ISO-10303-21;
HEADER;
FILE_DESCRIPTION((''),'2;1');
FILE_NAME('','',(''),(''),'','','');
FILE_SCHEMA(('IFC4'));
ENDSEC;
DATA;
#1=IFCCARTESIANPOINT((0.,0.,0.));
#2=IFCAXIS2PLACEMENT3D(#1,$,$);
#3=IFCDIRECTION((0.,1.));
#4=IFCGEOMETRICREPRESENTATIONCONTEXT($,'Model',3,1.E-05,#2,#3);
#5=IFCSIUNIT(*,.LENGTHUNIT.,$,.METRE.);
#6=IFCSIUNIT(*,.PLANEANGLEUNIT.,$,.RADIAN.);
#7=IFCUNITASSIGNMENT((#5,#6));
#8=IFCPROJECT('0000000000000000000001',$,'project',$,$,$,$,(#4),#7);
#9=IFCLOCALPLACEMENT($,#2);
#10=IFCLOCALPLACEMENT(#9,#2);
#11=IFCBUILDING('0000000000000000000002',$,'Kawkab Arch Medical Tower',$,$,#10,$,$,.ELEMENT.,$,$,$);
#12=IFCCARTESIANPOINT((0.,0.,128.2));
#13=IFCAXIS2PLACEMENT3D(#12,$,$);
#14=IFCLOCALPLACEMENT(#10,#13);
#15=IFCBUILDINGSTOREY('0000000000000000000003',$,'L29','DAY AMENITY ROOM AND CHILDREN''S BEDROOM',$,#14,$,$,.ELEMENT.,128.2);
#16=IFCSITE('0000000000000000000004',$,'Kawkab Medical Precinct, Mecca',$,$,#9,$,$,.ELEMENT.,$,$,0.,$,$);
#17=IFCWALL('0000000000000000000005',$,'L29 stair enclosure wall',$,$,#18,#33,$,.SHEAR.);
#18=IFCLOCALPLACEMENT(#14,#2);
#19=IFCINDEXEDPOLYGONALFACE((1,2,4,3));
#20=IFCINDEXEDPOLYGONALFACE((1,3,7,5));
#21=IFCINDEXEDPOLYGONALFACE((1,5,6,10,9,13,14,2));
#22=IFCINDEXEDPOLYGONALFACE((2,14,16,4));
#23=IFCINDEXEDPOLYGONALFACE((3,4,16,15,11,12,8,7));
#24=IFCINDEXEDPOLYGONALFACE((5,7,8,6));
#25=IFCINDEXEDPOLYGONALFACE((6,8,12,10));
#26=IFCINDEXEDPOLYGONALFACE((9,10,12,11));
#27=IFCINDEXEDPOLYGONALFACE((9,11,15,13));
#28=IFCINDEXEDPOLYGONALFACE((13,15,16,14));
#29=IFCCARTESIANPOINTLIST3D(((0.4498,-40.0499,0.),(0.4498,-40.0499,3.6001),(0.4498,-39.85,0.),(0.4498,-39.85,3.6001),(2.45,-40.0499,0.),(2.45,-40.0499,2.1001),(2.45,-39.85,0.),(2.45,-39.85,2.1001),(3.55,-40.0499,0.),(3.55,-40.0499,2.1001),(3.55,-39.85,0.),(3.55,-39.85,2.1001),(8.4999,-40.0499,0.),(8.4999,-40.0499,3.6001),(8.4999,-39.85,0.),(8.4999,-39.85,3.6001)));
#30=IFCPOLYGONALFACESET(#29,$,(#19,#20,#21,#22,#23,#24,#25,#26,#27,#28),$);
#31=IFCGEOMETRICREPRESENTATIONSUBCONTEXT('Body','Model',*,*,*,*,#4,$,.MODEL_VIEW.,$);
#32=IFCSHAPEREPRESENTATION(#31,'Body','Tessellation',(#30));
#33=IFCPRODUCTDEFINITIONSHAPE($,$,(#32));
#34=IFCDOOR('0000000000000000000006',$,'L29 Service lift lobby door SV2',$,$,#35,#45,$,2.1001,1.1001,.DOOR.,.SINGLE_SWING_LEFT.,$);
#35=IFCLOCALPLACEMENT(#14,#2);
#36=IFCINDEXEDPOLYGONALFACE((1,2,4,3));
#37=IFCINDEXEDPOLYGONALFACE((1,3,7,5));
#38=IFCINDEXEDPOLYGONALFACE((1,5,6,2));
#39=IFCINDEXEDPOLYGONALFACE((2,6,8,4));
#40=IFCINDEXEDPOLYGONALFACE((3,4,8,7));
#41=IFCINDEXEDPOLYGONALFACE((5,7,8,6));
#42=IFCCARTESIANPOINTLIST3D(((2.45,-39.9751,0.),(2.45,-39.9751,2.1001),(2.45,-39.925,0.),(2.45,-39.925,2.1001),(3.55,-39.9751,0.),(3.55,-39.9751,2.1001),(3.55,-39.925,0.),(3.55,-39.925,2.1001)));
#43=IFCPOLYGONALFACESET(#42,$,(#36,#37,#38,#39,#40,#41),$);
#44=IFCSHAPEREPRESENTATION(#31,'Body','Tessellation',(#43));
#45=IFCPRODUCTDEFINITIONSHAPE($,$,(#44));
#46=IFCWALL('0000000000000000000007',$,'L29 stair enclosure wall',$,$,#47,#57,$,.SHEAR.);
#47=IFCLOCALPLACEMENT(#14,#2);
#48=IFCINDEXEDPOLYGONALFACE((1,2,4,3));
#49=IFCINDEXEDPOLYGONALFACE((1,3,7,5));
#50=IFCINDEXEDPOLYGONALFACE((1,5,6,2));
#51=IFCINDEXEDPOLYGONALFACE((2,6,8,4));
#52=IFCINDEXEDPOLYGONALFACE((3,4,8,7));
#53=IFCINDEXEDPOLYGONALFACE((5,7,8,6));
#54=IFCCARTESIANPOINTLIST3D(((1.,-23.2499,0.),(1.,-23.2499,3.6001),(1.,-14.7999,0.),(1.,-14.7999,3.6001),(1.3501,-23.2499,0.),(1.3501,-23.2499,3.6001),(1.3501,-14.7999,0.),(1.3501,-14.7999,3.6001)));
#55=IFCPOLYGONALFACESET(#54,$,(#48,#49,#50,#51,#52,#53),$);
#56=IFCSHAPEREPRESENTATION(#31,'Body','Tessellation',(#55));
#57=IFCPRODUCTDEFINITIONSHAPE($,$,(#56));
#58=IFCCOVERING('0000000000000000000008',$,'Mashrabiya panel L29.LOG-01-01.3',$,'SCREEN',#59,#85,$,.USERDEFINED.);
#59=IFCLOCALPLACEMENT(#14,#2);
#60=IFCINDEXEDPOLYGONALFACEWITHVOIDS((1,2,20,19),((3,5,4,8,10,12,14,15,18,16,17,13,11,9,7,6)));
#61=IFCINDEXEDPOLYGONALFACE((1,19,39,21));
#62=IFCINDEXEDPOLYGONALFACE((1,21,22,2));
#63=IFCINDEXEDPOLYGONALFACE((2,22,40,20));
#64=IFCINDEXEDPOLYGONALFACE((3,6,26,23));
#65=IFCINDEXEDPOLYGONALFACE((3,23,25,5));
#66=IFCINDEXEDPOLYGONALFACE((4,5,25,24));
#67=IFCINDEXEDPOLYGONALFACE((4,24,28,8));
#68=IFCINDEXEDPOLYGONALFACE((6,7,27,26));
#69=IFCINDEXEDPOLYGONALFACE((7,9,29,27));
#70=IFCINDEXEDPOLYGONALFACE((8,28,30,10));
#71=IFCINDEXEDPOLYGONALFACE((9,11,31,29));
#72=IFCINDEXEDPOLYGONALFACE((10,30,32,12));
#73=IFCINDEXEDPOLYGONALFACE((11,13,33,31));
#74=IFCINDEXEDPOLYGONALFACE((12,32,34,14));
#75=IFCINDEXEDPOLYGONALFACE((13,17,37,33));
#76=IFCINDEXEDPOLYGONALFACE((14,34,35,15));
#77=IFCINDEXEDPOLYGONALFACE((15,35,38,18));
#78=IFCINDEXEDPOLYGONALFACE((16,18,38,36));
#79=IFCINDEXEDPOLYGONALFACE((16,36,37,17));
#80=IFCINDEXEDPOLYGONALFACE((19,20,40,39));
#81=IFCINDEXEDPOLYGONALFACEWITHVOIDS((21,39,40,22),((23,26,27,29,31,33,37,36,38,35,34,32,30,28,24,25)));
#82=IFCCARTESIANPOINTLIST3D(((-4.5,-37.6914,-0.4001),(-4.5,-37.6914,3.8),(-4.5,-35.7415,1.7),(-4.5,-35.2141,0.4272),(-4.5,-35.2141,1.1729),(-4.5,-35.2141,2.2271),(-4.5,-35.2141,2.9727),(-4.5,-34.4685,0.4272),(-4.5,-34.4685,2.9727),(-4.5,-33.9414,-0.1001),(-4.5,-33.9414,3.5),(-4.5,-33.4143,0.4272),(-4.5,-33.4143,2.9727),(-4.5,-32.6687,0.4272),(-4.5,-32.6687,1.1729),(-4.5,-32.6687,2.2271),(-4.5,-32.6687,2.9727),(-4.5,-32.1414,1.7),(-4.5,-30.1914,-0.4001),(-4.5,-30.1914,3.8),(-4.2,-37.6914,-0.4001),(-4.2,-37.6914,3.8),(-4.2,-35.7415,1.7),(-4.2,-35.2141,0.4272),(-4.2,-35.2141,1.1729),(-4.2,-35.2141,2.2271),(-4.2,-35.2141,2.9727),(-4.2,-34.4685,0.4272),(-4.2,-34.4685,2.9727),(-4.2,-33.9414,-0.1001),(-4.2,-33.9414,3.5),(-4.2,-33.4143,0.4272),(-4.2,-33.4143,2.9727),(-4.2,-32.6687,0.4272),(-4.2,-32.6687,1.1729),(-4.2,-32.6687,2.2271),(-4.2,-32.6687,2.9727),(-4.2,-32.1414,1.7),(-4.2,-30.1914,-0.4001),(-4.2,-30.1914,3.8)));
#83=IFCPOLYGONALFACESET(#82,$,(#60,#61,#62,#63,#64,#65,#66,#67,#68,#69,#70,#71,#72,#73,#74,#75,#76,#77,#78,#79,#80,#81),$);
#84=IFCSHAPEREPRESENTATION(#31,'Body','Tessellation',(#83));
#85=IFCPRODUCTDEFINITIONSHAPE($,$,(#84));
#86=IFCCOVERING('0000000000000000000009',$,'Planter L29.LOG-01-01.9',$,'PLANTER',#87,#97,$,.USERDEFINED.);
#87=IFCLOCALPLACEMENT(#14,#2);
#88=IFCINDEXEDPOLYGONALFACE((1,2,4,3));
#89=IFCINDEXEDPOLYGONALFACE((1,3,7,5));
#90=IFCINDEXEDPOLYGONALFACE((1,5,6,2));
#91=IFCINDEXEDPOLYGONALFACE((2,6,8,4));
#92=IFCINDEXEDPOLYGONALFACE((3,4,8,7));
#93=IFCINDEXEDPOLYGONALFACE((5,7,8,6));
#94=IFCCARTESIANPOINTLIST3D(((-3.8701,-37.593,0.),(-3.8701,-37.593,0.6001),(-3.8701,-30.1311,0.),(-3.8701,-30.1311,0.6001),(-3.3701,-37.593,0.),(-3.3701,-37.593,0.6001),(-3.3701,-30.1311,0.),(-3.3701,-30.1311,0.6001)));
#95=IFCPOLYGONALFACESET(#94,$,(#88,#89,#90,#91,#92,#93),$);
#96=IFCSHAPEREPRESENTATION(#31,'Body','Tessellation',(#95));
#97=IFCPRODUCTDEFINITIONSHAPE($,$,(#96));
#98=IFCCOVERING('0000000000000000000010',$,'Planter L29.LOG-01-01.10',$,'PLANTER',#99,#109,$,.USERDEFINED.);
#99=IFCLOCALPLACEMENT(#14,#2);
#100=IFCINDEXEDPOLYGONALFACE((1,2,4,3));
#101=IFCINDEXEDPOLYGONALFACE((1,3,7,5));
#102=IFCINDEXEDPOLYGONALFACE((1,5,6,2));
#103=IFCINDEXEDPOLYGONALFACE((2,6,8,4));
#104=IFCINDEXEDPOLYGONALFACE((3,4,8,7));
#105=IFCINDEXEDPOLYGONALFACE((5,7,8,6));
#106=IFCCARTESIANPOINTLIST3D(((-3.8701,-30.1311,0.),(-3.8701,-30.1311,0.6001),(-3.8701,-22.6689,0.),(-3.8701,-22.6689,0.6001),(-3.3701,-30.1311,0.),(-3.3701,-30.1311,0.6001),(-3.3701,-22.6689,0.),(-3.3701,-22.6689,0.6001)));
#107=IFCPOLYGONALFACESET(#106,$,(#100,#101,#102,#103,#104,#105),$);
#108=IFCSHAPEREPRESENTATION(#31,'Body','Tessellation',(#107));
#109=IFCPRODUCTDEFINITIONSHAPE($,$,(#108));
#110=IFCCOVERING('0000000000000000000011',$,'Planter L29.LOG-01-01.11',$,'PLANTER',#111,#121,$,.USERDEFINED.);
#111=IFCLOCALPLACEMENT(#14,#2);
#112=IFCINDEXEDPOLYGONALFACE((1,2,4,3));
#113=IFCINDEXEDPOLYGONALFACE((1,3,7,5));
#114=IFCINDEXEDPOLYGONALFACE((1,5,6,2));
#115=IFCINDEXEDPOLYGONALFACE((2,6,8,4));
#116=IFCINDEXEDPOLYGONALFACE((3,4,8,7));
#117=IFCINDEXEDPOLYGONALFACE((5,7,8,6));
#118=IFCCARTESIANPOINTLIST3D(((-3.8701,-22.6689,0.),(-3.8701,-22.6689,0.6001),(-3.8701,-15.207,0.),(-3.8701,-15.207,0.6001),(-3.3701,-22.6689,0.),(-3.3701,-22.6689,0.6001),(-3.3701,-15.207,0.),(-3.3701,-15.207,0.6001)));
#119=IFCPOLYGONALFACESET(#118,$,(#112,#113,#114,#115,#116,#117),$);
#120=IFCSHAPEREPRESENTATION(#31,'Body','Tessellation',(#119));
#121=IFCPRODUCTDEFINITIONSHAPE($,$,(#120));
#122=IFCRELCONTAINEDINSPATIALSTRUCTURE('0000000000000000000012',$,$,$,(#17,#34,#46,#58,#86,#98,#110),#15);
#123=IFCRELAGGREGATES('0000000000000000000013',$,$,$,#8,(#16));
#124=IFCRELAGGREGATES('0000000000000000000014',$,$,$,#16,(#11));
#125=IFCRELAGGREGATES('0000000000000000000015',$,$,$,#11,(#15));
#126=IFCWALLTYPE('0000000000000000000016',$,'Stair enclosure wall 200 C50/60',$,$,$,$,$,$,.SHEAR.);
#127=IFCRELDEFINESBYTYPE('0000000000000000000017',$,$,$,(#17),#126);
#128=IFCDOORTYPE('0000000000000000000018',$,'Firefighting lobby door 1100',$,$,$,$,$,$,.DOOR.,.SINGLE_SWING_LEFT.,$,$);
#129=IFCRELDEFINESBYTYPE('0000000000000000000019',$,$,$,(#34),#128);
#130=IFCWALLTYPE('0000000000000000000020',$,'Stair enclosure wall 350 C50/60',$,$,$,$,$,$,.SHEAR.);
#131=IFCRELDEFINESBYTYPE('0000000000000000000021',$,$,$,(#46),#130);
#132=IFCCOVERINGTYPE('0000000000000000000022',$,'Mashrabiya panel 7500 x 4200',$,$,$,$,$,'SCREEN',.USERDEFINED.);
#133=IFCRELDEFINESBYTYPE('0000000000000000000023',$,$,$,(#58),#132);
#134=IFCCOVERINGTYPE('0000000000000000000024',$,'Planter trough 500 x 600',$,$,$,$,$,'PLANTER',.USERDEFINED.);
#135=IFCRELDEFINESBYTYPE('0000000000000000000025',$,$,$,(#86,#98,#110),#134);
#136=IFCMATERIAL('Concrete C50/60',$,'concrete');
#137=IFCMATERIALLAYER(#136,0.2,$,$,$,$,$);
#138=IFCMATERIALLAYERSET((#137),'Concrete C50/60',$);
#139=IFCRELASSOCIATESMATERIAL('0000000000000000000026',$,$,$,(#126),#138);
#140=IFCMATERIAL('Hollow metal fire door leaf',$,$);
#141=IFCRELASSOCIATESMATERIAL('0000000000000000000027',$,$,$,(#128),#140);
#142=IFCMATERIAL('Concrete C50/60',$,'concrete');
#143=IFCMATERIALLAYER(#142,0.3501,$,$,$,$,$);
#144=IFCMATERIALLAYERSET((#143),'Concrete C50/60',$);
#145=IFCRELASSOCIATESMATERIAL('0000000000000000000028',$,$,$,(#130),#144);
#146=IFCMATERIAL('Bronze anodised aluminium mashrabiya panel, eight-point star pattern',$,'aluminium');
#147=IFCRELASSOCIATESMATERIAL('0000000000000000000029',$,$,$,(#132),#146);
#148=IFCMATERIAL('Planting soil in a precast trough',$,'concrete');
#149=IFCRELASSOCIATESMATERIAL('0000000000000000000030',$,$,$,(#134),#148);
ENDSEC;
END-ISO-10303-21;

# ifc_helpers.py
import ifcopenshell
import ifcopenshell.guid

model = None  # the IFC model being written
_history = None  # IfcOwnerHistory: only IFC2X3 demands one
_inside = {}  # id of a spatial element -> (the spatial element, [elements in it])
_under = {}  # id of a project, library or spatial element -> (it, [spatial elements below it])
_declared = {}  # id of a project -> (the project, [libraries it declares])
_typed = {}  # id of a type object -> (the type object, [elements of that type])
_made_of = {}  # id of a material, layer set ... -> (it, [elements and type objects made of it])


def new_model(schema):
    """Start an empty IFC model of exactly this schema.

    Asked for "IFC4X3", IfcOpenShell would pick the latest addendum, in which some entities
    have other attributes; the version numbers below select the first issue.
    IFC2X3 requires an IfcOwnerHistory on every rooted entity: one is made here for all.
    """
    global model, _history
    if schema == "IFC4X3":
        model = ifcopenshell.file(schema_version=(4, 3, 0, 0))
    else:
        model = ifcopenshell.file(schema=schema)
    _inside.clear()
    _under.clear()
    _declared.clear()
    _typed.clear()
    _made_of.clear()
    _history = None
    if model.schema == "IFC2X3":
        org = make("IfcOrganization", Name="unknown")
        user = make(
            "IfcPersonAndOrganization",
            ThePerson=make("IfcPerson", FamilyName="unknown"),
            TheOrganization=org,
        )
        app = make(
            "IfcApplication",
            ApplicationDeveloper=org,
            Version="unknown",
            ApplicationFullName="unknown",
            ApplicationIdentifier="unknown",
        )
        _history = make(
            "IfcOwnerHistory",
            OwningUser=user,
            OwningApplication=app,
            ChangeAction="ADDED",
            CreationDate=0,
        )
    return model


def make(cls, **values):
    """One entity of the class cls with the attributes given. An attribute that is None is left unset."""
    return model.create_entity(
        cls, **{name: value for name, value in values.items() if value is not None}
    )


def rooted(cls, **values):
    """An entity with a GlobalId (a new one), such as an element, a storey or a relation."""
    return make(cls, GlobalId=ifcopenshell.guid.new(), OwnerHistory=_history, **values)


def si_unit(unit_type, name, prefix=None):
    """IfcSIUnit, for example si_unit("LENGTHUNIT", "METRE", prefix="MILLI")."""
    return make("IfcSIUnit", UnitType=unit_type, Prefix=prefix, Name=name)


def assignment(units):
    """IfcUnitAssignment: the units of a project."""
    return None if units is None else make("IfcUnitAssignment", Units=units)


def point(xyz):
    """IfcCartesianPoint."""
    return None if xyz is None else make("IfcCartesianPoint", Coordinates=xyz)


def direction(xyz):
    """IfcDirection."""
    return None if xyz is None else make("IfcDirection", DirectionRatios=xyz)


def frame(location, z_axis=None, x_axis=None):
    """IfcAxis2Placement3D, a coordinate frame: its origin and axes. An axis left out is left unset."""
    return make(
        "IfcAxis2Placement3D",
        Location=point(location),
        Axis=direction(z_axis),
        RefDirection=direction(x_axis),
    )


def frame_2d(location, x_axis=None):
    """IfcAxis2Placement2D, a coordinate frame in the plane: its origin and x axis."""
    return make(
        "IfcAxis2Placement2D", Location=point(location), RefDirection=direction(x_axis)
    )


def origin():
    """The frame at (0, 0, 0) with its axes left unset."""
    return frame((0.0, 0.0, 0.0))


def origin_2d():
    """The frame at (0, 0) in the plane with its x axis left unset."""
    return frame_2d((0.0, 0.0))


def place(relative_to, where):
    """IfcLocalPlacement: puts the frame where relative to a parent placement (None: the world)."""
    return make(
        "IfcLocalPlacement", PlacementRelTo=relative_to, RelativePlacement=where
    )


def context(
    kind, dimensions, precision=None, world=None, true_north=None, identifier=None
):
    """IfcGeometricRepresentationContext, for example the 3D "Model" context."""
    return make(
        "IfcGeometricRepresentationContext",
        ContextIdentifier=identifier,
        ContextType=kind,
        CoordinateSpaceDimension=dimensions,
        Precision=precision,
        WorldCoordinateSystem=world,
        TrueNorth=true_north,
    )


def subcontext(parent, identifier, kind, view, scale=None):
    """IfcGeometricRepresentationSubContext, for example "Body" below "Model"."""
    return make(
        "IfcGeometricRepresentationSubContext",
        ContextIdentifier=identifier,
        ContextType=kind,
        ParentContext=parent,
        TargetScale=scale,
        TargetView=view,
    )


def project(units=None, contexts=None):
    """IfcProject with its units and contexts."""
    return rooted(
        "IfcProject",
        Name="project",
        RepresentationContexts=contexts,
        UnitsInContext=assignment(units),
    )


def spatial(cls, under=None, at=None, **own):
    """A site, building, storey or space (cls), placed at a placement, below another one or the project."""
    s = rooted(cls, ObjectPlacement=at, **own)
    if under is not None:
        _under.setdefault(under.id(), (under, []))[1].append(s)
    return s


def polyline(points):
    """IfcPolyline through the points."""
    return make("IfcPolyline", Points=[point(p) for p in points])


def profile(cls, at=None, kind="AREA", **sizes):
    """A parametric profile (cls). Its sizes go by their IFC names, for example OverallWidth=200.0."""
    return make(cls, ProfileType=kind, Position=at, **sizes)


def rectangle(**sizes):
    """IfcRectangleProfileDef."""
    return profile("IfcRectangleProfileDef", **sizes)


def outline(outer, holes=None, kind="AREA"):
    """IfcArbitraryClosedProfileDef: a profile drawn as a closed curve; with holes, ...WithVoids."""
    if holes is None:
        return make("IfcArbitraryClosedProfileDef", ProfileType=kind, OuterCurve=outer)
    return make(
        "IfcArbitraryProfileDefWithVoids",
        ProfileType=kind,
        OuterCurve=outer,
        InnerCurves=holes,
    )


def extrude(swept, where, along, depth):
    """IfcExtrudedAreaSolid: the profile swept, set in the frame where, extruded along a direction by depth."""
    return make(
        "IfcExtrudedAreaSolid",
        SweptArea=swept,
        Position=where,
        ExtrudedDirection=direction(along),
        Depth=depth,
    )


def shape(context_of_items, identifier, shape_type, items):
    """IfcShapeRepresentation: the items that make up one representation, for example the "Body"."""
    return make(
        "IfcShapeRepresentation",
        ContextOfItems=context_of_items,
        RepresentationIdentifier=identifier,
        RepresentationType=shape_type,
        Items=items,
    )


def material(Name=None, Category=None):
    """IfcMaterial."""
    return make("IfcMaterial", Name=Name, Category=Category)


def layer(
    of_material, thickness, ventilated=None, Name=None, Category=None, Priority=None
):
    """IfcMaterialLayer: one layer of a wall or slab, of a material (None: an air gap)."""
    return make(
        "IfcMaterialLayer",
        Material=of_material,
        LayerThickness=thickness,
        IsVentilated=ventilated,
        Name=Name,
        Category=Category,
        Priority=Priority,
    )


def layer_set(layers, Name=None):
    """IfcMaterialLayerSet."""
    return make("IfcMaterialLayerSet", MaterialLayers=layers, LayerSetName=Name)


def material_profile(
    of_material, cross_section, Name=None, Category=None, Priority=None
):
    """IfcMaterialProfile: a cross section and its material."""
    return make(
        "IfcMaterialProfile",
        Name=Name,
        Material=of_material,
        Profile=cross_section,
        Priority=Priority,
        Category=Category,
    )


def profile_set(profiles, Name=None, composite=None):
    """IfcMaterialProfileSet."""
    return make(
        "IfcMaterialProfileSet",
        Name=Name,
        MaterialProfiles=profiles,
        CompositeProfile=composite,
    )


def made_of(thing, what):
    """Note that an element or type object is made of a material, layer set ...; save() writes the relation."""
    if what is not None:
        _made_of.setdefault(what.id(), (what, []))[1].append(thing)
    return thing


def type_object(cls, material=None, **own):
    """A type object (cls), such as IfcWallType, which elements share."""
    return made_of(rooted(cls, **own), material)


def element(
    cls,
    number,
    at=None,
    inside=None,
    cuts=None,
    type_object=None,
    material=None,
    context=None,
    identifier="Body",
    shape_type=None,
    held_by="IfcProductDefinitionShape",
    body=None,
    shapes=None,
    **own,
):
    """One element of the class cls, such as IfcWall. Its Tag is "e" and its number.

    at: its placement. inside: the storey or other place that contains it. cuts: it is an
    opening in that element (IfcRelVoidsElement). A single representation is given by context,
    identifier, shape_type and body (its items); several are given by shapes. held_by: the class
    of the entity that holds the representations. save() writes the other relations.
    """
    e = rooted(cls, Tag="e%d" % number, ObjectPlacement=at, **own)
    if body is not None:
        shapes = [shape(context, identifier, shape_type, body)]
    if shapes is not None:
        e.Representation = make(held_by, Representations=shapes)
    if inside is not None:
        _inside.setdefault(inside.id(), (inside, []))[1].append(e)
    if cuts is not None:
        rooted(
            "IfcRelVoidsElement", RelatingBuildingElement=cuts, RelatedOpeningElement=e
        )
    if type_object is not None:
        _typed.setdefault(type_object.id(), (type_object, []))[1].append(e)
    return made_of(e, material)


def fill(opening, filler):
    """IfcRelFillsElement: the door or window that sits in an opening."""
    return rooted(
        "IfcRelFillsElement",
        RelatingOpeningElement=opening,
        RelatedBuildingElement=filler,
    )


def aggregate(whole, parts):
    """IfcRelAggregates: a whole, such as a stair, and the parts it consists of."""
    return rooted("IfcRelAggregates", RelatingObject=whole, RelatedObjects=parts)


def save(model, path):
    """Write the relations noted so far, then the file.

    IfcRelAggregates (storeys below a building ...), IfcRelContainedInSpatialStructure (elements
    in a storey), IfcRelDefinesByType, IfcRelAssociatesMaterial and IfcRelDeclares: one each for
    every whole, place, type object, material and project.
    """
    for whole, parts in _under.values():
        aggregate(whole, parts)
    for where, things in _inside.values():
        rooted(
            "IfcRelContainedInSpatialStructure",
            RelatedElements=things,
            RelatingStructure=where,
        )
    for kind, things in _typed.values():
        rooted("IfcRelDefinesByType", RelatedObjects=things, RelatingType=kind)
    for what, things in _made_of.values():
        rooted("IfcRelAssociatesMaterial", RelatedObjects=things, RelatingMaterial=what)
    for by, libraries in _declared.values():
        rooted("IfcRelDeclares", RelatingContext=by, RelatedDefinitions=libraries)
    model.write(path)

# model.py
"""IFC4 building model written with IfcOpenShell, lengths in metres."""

from ifc_helpers import new_model, si_unit, direction, frame, frame_2d, origin, origin_2d, place, context, subcontext, project, spatial, polyline, rectangle, outline, extrude, material, layer, layer_set, material_profile, profile_set, type_object, element, fill, save


model = new_model("IFC4")

# Units and contexts
model_context = context("Model", 3, precision=1e-05, world=origin(), true_north=direction((0.0, 1.0)))
body_context = subcontext(model_context, "Body", "Model", "MODEL_VIEW")
ifc_project = project(units=[si_unit("LENGTHUNIT", "METRE"), si_unit("PLANEANGLEUNIT", "RADIAN")], contexts=[model_context])

# Site, building, storey
site_placement = place(None, origin())
site = spatial("IfcSite", under=ifc_project, at=site_placement, Name="Kawkab Medical Precinct, Mecca", CompositionType="ELEMENT", RefElevation=0.0)
building_placement = place(site_placement, origin())
building = spatial("IfcBuilding", under=site, at=building_placement, Name="Kawkab Arch Medical Tower", CompositionType="ELEMENT")
storey_placement = place(building_placement, frame((0.0, 0.0, 128.2)))
storey = spatial("IfcBuildingStorey", under=building, at=storey_placement, Name="L29", Description="DAY AMENITY ROOM AND CHILDREN'S BEDROOM", CompositionType="ELEMENT", Elevation=128.2)

# Shared definitions
ifc_material_1 = material(Name="Concrete C50/60", Category="concrete")
ifc_layer_1 = layer(ifc_material_1, 0.2)
ifc_layer_set_1 = layer_set([ifc_layer_1], Name="Concrete C50/60")
wall_type_1 = type_object("IfcWallType", Name="Stair enclosure wall 200 C50/60", PredefinedType="SHEAR", material=ifc_layer_set_1)

# Wall, opening, door
wall_1_placement = place(storey_placement, frame((0.45, -39.95, 0.0), z_axis=(0.0, 0.0, 1.0), x_axis=(1.0, 0.0, 0.0)))
wall_1 = element("IfcWall", 1, at=wall_1_placement, inside=storey, type_object=wall_type_1, Name="L29 stair enclosure wall", PredefinedType="SHEAR", context=body_context, shape_type="SweptSolid", body=[
    extrude(rectangle(XDim=8.05, YDim=0.2, at=frame_2d((4.0249, 0.0))), origin(), (0.0, 0.0, 1.0), 3.6001),
])
opening_1_placement = place(wall_1_placement, frame((2.0, 0.0, 0.0)))
opening_1 = element("IfcOpeningElement", 2, at=opening_1_placement, cuts=wall_1, PredefinedType="OPENING", context=body_context, shape_type="SweptSolid", body=[
    extrude(rectangle(XDim=1.1001, YDim=2.1001, at=frame_2d((0.55, 1.05))), frame((0.0, 0.1099, 0.0), z_axis=(0.0, -1.0, 0.0), x_axis=(1.0, 0.0, 0.0)), (0.0, 0.0, 1.0), 0.22),
])
ifc_material_2 = material(Name="Hollow metal fire door leaf")
door_type_1 = type_object("IfcDoorType", Name="Firefighting lobby door 1100", OperationType="SINGLE_SWING_LEFT", PredefinedType="DOOR", material=ifc_material_2)
door_1_placement = place(opening_1_placement, origin())
door_1 = element("IfcDoor", 3, at=door_1_placement, inside=storey, type_object=door_type_1, Name="L29 Service lift lobby door SV2", OperationType="SINGLE_SWING_LEFT", OverallHeight=2.1001, OverallWidth=1.1001, PredefinedType="DOOR", context=body_context, shape_type="SweptSolid", body=[
    extrude(rectangle(XDim=1.1001, YDim=2.1001, at=frame_2d((0.55, 1.05))), frame((0.0, 0.0249, 0.0), z_axis=(0.0, -1.0, 0.0), x_axis=(1.0, 0.0, 0.0)), (0.0, 0.0, 1.0), 0.05),
])
fill(opening_1, door_1)

# Wall
ifc_material_3 = material(Name="Concrete C50/60", Category="concrete")
ifc_layer_2 = layer(ifc_material_3, 0.3501)
ifc_layer_set_2 = layer_set([ifc_layer_2], Name="Concrete C50/60")
wall_type_2 = type_object("IfcWallType", Name="Stair enclosure wall 350 C50/60", PredefinedType="SHEAR", material=ifc_layer_set_2)
wall_2_placement = place(storey_placement, frame((1.175, -23.25, 0.0), z_axis=(0.0, 0.0, 1.0), x_axis=(0.0, 1.0, 0.0)))
element("IfcWall", 4, at=wall_2_placement, inside=storey, type_object=wall_type_2, Name="L29 stair enclosure wall", PredefinedType="SHEAR", context=body_context, shape_type="SweptSolid", body=[
    extrude(rectangle(XDim=8.45, YDim=0.3501, at=frame_2d((4.2251, 0.0))), origin(), (0.0, 0.0, 1.0), 3.6001),
])

# Coverings
ifc_material_4 = material(Name="Bronze anodised aluminium mashrabiya panel, eight-point star pattern", Category="aluminium")
ifc_material_profile_1 = material_profile(ifc_material_4, outline(polyline([(-3.75, -2.1001), (3.75, -2.1001), (3.75, 2.1001), (-3.75, 2.1001), (-3.75, -2.1001)]), holes=[polyline([(1.8, 0.0), (1.2727, 0.5271), (1.2727, 1.2727), (0.5271, 1.2727), (0.0, 1.8), (-0.5271, 1.2727), (-1.2727, 1.2727), (-1.2727, 0.5271), (-1.8, 0.0), (-1.2727, -0.5271), (-1.2727, -1.2727), (-0.5271, -1.2727), (0.0, -1.8), (0.5271, -1.2727), (1.2727, -1.2727), (1.2727, -0.5271), (1.8, 0.0)])]), Name="Mashrabiya panel 7500x4200")
ifc_profile_set_1 = profile_set([ifc_material_profile_1], Name="Bronze anodised aluminium mashrabiya panel, eight-point star pattern")
covering_type_1 = type_object("IfcCoveringType", Name="Mashrabiya panel 7500 x 4200", ElementType="SCREEN", PredefinedType="USERDEFINED", material=ifc_profile_set_1)
covering_1_placement = place(storey_placement, frame((-4.2, -33.9414, 1.7), z_axis=(-1.0, 0.0, 0.0), x_axis=(0.0, -1.0, 0.0)))
element("IfcCovering", 5, at=covering_1_placement, inside=storey, type_object=covering_type_1, Name="Mashrabiya panel L29.LOG-01-01.3", ObjectType="SCREEN", PredefinedType="USERDEFINED", context=body_context, shape_type="SweptSolid", body=[
    extrude(outline(polyline([(-3.75, -2.1001), (3.75, -2.1001), (3.75, 2.1001), (-3.75, 2.1001), (-3.75, -2.1001)]), holes=[polyline([(1.8, 0.0), (1.2727, 0.5271), (1.2727, 1.2727), (0.5271, 1.2727), (0.0, 1.8), (-0.5271, 1.2727), (-1.2727, 1.2727), (-1.2727, 0.5271), (-1.8, 0.0), (-1.2727, -0.5271), (-1.2727, -1.2727), (-0.5271, -1.2727), (0.0, -1.8), (0.5271, -1.2727), (1.2727, -1.2727), (1.2727, -0.5271), (1.8, 0.0)])]), origin(), (0.0, 0.0, 1.0), 0.3),
])
ifc_material_5 = material(Name="Planting soil in a precast trough", Category="concrete")
ifc_material_profile_2 = material_profile(ifc_material_5, rectangle(XDim=0.5, YDim=0.6001, at=origin_2d()), Name="Trough 500x600")
ifc_profile_set_2 = profile_set([ifc_material_profile_2], Name="Planting soil in a precast trough")
covering_type_2 = type_object("IfcCoveringType", Name="Planter trough 500 x 600", ElementType="PLANTER", PredefinedType="USERDEFINED", material=ifc_profile_set_2)
covering_2_placement = place(storey_placement, frame((-3.6201, -37.593, 0.3), z_axis=(0.0, 1.0, 0.0), x_axis=(-1.0, 0.0, 0.0)))
element("IfcCovering", 6, at=covering_2_placement, inside=storey, type_object=covering_type_2, Name="Planter L29.LOG-01-01.9", ObjectType="PLANTER", PredefinedType="USERDEFINED", context=body_context, shape_type="SweptSolid", body=[
    extrude(rectangle(XDim=0.5, YDim=0.6001, at=origin_2d()), origin(), (0.0, 0.0, 1.0), 7.4619),
])
covering_3_placement = place(storey_placement, frame((-3.6201, -30.1311, 0.3), z_axis=(0.0, 1.0, 0.0), x_axis=(-1.0, 0.0, 0.0)))
element("IfcCovering", 7, at=covering_3_placement, inside=storey, type_object=covering_type_2, Name="Planter L29.LOG-01-01.10", ObjectType="PLANTER", PredefinedType="USERDEFINED", context=body_context, shape_type="SweptSolid", body=[
    extrude(rectangle(XDim=0.5, YDim=0.6001, at=origin_2d()), origin(), (0.0, 0.0, 1.0), 7.4622),
])
covering_4_placement = place(storey_placement, frame((-3.6201, -22.6689, 0.3), z_axis=(0.0, 1.0, 0.0), x_axis=(-1.0, 0.0, 0.0)))
element("IfcCovering", 8, at=covering_4_placement, inside=storey, type_object=covering_type_2, Name="Planter L29.LOG-01-01.11", ObjectType="PLANTER", PredefinedType="USERDEFINED", context=body_context, shape_type="SweptSolid", body=[
    extrude(rectangle(XDim=0.5, YDim=0.6001, at=origin_2d()), origin(), (0.0, 0.0, 1.0), 7.4619),
])

save(model, "model.ifc")
